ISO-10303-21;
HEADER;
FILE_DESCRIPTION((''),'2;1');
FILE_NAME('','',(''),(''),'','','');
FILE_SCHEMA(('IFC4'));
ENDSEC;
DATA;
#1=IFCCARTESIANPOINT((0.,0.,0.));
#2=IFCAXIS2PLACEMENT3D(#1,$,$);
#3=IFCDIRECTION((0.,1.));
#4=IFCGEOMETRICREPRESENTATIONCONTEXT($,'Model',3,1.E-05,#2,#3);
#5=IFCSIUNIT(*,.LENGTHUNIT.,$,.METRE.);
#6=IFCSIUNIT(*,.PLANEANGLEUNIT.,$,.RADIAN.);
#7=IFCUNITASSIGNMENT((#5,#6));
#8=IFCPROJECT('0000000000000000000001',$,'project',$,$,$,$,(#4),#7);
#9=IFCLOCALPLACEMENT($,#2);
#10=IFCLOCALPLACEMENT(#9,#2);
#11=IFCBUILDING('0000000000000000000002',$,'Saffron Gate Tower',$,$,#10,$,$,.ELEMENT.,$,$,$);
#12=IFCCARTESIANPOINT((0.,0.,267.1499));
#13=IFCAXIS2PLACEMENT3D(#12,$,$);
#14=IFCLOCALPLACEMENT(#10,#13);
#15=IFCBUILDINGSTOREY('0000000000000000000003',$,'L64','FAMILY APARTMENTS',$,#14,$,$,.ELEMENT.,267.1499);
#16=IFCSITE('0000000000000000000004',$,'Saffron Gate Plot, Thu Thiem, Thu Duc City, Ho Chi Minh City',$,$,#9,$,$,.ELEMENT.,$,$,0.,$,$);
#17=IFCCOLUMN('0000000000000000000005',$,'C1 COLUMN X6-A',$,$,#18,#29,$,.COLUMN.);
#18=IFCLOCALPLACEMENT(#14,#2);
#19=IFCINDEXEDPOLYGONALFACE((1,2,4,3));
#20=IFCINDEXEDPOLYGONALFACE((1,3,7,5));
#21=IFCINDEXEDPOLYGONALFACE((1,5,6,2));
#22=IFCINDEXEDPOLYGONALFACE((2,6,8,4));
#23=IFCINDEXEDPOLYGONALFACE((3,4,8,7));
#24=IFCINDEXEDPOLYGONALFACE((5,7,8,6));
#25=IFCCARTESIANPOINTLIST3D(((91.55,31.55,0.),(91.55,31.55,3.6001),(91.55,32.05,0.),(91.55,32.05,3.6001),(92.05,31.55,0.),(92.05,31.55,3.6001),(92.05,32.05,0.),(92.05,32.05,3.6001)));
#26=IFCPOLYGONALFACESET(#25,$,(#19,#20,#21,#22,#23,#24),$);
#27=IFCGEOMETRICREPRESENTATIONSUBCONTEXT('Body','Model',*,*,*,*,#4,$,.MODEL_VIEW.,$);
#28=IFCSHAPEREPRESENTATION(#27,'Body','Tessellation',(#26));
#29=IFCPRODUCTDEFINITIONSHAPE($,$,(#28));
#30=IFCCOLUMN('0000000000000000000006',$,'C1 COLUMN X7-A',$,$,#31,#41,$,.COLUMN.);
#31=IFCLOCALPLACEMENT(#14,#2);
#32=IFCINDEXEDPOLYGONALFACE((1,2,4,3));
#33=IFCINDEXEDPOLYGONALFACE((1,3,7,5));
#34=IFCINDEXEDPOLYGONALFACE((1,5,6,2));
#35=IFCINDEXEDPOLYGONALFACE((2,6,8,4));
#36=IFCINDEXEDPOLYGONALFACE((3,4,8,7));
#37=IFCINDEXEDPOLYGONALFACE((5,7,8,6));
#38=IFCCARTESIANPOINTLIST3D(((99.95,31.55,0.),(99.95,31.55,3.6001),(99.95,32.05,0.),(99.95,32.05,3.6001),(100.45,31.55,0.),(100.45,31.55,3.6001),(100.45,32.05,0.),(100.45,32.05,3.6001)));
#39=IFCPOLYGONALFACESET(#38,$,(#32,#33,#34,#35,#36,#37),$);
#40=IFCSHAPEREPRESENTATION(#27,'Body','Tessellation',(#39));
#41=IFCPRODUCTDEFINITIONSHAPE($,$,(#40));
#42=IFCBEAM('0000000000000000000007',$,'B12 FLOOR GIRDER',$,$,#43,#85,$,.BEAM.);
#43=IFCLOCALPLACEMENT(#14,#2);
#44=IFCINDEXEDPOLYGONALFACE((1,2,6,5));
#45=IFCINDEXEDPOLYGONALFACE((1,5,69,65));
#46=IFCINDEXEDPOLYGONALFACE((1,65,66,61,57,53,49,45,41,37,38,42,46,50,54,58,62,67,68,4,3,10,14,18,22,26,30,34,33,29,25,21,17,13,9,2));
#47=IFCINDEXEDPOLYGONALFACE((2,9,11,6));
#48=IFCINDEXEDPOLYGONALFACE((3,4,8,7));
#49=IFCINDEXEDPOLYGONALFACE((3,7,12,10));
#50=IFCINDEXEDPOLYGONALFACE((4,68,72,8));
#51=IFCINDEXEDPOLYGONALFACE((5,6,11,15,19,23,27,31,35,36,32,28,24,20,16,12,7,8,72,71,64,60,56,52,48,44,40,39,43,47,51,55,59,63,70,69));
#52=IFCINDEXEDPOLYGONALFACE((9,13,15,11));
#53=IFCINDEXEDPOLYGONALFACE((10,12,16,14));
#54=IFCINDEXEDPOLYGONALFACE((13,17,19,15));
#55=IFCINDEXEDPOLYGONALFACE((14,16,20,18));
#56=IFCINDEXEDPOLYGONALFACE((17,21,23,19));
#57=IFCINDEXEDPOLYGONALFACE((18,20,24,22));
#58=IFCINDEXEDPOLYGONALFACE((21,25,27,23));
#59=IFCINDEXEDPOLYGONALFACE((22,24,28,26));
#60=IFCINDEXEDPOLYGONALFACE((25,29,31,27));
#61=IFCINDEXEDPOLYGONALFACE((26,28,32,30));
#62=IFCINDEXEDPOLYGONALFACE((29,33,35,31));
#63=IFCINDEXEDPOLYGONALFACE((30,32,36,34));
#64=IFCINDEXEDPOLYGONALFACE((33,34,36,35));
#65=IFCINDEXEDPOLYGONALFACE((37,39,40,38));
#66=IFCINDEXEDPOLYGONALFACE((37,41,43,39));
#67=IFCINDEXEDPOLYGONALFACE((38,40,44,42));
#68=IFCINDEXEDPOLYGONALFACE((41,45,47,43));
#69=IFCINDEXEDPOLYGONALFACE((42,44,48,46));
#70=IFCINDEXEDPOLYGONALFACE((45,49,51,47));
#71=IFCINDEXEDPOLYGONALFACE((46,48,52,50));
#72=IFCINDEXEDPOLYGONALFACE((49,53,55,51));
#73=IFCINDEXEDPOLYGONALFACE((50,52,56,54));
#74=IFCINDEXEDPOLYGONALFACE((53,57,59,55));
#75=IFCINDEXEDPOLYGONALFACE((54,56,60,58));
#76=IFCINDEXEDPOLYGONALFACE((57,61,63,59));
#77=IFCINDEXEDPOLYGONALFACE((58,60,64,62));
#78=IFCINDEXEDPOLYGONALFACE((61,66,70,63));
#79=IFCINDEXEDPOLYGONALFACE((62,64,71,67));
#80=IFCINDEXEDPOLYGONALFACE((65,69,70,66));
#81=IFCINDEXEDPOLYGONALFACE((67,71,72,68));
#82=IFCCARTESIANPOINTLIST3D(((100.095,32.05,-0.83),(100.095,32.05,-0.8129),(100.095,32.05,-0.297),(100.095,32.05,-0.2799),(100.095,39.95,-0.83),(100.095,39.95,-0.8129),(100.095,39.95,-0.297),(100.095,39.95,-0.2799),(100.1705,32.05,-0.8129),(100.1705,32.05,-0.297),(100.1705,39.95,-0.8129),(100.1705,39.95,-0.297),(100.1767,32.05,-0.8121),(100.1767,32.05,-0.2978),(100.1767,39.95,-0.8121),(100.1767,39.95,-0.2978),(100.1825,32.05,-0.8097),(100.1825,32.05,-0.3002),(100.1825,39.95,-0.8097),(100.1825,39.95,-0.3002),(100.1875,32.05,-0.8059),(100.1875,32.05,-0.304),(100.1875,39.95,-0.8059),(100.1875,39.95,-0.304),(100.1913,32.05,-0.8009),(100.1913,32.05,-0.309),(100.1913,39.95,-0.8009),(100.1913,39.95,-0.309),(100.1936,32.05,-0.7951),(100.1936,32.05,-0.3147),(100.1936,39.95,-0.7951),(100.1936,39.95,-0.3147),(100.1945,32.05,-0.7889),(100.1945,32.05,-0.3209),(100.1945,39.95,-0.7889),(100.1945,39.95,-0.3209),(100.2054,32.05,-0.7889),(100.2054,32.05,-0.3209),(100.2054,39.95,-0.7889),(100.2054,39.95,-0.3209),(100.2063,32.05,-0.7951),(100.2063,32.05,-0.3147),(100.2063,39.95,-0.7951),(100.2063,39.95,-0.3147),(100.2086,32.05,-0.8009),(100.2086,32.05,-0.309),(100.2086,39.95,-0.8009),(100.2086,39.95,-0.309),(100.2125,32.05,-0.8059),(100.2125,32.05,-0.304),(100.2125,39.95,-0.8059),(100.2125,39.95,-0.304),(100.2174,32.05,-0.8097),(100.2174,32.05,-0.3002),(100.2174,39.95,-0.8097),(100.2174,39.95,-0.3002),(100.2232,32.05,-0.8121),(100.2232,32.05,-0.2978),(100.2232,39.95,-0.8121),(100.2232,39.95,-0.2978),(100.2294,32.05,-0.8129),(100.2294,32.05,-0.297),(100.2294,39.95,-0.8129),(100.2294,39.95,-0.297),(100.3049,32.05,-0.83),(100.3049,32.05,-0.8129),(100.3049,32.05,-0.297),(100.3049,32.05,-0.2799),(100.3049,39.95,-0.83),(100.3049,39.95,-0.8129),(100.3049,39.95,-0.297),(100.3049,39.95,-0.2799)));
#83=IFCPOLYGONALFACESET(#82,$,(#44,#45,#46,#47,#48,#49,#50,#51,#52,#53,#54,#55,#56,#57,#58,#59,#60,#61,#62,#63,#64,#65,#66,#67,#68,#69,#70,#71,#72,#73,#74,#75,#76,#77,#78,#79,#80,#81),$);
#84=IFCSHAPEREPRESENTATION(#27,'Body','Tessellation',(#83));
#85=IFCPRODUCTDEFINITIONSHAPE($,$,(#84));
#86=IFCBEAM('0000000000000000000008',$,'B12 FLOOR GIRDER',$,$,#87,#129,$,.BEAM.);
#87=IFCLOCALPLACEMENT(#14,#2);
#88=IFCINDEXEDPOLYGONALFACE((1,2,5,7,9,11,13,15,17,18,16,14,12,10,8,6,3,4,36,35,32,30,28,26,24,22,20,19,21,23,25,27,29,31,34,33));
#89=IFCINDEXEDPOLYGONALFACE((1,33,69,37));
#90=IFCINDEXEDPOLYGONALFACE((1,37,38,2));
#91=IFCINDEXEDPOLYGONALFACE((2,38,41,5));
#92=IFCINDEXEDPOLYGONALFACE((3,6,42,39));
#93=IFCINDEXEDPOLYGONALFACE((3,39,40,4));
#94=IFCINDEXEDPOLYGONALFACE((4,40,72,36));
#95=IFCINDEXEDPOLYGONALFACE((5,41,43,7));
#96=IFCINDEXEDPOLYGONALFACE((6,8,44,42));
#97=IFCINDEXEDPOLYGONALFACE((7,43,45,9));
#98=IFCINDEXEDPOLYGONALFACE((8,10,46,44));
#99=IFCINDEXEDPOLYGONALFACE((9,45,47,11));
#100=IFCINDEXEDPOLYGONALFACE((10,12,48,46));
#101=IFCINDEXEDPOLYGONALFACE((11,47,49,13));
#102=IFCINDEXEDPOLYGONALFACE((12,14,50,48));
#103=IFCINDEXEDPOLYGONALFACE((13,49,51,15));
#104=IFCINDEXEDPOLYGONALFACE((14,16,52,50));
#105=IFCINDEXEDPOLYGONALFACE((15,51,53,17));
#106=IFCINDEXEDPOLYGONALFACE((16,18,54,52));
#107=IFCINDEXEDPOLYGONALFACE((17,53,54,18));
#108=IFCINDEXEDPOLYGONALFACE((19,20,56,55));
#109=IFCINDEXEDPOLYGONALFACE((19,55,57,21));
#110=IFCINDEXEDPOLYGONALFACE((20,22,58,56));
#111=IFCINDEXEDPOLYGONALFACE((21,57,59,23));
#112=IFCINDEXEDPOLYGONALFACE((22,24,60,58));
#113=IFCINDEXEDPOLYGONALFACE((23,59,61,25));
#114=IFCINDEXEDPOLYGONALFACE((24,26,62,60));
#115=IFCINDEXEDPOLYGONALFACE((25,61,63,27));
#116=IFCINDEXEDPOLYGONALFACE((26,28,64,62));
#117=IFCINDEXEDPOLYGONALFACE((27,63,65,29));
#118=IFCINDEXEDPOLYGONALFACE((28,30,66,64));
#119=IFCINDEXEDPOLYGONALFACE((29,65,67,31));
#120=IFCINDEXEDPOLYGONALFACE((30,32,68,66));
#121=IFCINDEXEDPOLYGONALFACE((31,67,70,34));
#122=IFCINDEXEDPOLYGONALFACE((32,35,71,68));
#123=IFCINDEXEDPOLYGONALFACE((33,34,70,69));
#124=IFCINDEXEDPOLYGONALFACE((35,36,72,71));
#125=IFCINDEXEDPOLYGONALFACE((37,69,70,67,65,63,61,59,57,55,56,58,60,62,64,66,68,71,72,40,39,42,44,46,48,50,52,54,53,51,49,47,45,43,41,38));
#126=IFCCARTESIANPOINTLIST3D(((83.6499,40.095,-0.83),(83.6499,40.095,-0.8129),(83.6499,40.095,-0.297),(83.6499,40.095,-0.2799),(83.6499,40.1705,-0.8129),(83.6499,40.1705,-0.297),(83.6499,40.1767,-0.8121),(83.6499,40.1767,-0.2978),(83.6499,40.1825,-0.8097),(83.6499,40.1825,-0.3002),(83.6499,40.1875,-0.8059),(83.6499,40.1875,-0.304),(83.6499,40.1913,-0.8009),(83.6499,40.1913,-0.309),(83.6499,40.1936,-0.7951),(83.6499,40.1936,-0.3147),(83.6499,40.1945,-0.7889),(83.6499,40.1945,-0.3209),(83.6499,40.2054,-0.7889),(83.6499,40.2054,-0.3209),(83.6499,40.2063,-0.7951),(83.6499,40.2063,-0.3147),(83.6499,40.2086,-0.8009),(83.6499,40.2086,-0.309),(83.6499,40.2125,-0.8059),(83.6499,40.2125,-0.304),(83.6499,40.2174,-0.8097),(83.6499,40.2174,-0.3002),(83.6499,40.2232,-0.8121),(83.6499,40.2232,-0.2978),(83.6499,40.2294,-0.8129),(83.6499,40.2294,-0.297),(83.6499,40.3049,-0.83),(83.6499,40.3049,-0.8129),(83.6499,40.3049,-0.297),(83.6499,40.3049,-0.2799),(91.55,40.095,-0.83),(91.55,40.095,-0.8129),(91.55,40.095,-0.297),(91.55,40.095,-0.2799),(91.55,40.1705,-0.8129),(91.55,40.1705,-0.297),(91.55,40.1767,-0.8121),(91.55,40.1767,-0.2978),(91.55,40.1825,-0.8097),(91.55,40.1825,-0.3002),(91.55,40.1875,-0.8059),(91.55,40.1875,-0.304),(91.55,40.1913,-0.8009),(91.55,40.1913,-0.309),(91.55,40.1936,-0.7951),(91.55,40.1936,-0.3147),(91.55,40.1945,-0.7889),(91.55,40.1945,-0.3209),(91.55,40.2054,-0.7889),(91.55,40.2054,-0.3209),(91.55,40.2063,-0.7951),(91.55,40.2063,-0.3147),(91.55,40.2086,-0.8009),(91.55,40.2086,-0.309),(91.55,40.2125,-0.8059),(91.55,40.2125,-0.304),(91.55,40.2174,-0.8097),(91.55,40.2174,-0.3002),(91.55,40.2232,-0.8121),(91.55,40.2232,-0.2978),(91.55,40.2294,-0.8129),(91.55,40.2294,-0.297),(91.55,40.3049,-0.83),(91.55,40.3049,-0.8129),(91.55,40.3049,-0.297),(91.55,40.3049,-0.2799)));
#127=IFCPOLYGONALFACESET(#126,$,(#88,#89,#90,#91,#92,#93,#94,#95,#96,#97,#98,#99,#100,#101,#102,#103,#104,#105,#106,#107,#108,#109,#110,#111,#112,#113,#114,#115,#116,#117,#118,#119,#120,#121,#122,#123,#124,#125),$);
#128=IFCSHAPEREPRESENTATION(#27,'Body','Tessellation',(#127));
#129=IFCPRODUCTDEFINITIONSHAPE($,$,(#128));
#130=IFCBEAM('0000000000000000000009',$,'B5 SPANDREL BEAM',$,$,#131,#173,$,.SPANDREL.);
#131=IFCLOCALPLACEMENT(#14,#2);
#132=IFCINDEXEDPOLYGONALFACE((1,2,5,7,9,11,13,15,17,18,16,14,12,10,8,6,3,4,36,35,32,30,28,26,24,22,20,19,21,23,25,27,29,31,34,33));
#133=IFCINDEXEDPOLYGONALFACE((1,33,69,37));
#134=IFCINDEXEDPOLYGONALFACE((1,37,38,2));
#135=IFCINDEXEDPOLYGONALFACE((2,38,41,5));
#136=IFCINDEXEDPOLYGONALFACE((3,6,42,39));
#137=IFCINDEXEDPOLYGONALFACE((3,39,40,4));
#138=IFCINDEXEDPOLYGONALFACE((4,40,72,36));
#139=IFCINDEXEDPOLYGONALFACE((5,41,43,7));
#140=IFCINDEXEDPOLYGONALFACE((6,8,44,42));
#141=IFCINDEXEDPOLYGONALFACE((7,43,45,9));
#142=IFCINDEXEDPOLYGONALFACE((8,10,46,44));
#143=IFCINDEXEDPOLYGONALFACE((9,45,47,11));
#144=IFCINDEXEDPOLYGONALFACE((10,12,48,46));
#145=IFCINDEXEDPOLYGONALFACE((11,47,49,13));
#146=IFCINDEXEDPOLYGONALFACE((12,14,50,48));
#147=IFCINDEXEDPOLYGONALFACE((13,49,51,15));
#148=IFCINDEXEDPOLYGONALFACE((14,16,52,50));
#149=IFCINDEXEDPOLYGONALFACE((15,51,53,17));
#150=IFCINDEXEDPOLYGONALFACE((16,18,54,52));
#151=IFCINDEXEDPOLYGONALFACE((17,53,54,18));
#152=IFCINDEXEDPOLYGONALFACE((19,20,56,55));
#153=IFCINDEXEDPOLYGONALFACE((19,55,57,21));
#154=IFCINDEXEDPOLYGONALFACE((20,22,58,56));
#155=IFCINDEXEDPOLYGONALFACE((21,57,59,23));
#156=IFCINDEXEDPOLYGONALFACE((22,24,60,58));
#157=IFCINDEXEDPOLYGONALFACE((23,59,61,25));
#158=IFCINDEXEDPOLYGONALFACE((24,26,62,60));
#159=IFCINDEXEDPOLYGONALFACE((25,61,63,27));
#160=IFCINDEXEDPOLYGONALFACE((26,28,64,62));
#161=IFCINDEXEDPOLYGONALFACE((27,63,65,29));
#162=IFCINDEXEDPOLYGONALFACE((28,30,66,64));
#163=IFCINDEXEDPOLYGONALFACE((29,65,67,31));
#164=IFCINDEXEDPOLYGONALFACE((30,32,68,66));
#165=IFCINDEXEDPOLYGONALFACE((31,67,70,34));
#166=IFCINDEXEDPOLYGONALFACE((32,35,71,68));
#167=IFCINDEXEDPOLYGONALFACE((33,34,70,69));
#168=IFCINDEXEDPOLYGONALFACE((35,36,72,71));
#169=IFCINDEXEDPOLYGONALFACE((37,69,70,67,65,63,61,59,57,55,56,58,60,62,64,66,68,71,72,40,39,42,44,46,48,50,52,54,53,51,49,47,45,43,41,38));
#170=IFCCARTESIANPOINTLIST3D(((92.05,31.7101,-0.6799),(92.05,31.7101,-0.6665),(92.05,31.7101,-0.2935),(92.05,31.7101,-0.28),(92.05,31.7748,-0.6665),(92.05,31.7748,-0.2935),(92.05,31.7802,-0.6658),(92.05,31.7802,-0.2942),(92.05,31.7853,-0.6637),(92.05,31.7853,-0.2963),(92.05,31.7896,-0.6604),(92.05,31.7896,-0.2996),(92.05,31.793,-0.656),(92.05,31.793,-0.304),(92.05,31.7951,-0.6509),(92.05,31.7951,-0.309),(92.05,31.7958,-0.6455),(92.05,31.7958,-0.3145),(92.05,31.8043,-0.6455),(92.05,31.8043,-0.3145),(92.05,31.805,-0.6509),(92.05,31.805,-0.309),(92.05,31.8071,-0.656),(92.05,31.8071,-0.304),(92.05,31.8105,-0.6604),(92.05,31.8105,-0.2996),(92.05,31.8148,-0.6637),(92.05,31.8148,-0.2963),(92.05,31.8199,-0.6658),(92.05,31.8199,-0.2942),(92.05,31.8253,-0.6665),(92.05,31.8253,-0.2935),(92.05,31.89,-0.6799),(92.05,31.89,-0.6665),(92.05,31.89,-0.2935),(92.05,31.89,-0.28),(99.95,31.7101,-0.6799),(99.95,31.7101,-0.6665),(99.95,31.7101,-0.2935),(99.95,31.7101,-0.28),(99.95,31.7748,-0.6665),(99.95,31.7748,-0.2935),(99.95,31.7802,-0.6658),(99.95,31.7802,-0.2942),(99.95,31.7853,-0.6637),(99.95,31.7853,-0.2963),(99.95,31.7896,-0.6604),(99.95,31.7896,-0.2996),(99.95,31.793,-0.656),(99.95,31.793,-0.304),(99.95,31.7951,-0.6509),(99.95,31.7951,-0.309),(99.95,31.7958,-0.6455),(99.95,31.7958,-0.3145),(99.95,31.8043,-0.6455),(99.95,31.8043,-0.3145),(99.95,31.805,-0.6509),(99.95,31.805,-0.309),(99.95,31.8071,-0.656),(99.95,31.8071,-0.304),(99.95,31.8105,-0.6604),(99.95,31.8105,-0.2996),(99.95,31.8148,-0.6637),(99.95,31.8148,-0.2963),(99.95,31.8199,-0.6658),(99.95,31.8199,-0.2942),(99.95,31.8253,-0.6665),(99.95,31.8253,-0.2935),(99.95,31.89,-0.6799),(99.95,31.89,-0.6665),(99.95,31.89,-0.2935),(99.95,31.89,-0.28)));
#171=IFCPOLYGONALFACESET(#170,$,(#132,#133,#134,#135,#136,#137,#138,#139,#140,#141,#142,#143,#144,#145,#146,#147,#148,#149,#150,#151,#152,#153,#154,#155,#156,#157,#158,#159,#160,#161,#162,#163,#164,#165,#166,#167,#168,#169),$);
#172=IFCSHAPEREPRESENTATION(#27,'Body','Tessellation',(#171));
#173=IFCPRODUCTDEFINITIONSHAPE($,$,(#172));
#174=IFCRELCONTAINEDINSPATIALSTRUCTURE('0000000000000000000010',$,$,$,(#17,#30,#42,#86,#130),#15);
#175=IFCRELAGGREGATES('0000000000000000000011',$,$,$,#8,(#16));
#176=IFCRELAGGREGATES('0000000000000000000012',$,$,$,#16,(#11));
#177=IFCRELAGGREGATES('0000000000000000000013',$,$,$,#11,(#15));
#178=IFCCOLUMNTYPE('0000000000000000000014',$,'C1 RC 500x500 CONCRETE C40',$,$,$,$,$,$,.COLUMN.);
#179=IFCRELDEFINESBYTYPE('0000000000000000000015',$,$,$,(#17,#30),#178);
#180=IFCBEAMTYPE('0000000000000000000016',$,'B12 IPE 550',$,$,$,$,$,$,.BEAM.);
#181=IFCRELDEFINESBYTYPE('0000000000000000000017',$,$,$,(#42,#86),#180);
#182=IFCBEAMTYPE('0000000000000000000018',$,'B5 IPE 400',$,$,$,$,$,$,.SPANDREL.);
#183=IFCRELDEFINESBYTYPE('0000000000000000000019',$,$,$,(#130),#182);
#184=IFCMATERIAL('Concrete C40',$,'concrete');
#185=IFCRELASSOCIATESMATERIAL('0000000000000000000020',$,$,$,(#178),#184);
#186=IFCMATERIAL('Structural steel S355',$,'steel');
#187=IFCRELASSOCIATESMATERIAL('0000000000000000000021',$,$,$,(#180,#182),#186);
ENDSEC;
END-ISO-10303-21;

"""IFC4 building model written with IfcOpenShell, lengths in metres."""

from ifc_helpers import new_model, si_unit, direction, frame, origin, origin_2d, place, context, subcontext, project, spatial, rectangle, i_section, extrude, material, material_profile, profile_set, type_object, element, save


model = new_model("IFC4")

# Units and contexts
model_context = context("Model", 3, precision=1e-05, world=origin(), true_north=direction((0.0, 1.0)))
body_context = subcontext(model_context, "Body", "Model", "MODEL_VIEW")
ifc_project = project(units=[si_unit("LENGTHUNIT", "METRE"), si_unit("PLANEANGLEUNIT", "RADIAN")], contexts=[model_context])

# Site, building, storey
site_placement = place(None, origin())
site = spatial("IfcSite", under=ifc_project, at=site_placement, Name="Saffron Gate Plot, Thu Thiem, Thu Duc City, Ho Chi Minh City", CompositionType="ELEMENT", RefElevation=0.0)
building_placement = place(site_placement, origin())
building = spatial("IfcBuilding", under=site, at=building_placement, Name="Saffron Gate Tower", CompositionType="ELEMENT")
storey_placement = place(building_placement, frame((0.0, 0.0, 267.1499)))
storey = spatial("IfcBuildingStorey", under=building, at=storey_placement, Name="L64", Description="FAMILY APARTMENTS", CompositionType="ELEMENT", Elevation=267.1499)

# Columns
ifc_material_1 = material(Name="Concrete C40", Category="concrete")
ifc_material_profile_1 = material_profile(ifc_material_1, rectangle(XDim=0.5, YDim=0.5, at=origin_2d()))
ifc_profile_set_1 = profile_set([ifc_material_profile_1], Name="Concrete C40")
column_type = type_object("IfcColumnType", Name="C1 RC 500x500 CONCRETE C40", PredefinedType="COLUMN", material=ifc_profile_set_1)
for number, where, z_axis, x_axis, name in (
    (1, (91.8, 31.8, 0.0), (0.0, 0.0, 1.0), (1.0, 0.0, 0.0), "C1 COLUMN X6-A"),
    (2, (100.2, 31.8, 0.0), (0.0, 0.0, 1.0), (1.0, 0.0, 0.0), "C1 COLUMN X7-A"),
):
    element("IfcColumn", number, at=place(storey_placement, frame(where, z_axis=z_axis, x_axis=x_axis)), inside=storey, type_object=column_type, Name=name, PredefinedType="COLUMN", context=body_context, shape_type="SweptSolid", body=[
        extrude(rectangle(XDim=0.5, YDim=0.5, at=origin_2d()), origin(), (0.0, 0.0, 1.0), 3.6001),
    ])

# Beams
ifc_material_2 = material(Name="Structural steel S355", Category="steel")
ifc_material_profile_2 = material_profile(ifc_material_2, i_section(OverallWidth=0.21, OverallDepth=0.55, WebThickness=0.011, FlangeThickness=0.0171, FilletRadius=0.0239, at=origin_2d()))
ifc_profile_set_2 = profile_set([ifc_material_profile_2], Name="Structural steel S355")
beam_type_1 = type_object("IfcBeamType", Name="B12 IPE 550", PredefinedType="BEAM", material=ifc_profile_set_2)
beam_1_placement = place(storey_placement, frame((100.2, 32.05, -0.5549), z_axis=(0.0, 1.0, 0.0), x_axis=(-1.0, 0.0, 0.0)))
element("IfcBeam", 3, at=beam_1_placement, inside=storey, type_object=beam_type_1, Name="B12 FLOOR GIRDER", PredefinedType="BEAM", context=body_context, shape_type="SweptSolid", body=[
    extrude(i_section(OverallWidth=0.21, OverallDepth=0.55, WebThickness=0.011, FlangeThickness=0.0171, FilletRadius=0.0239, at=origin_2d()), origin(), (0.0, 0.0, 1.0), 7.8999),
])
beam_2_placement = place(storey_placement, frame((83.6499, 40.2, -0.5549), z_axis=(1.0, 0.0, 0.0), x_axis=(0.0, 1.0, 0.0)))
element("IfcBeam", 4, at=beam_2_placement, inside=storey, type_object=beam_type_1, Name="B12 FLOOR GIRDER", PredefinedType="BEAM", context=body_context, shape_type="SweptSolid", body=[
    extrude(i_section(OverallWidth=0.21, OverallDepth=0.55, WebThickness=0.011, FlangeThickness=0.0171, FilletRadius=0.0239, at=origin_2d()), origin(), (0.0, 0.0, 1.0), 7.9001),
])
ifc_material_profile_3 = material_profile(ifc_material_2, i_section(OverallWidth=0.1799, OverallDepth=0.3999, WebThickness=0.0085, FlangeThickness=0.0134, FilletRadius=0.021, at=origin_2d()))
ifc_profile_set_3 = profile_set([ifc_material_profile_3], Name="Structural steel S355")
beam_type_2 = type_object("IfcBeamType", Name="B5 IPE 400", PredefinedType="SPANDREL", material=ifc_profile_set_3)
beam_3_placement = place(storey_placement, frame((92.05, 31.8, -0.48), z_axis=(1.0, 0.0, 0.0), x_axis=(0.0, 1.0, 0.0)))
element("IfcBeam", 5, at=beam_3_placement, inside=storey, type_object=beam_type_2, Name="B5 SPANDREL BEAM", PredefinedType="SPANDREL", context=body_context, shape_type="SweptSolid", body=[
    extrude(i_section(OverallWidth=0.1799, OverallDepth=0.3999, WebThickness=0.0085, FlangeThickness=0.0134, FilletRadius=0.021, at=origin_2d()), origin(), (0.0, 0.0, 1.0), 7.8999),
])

save(model, "model.ifc")
